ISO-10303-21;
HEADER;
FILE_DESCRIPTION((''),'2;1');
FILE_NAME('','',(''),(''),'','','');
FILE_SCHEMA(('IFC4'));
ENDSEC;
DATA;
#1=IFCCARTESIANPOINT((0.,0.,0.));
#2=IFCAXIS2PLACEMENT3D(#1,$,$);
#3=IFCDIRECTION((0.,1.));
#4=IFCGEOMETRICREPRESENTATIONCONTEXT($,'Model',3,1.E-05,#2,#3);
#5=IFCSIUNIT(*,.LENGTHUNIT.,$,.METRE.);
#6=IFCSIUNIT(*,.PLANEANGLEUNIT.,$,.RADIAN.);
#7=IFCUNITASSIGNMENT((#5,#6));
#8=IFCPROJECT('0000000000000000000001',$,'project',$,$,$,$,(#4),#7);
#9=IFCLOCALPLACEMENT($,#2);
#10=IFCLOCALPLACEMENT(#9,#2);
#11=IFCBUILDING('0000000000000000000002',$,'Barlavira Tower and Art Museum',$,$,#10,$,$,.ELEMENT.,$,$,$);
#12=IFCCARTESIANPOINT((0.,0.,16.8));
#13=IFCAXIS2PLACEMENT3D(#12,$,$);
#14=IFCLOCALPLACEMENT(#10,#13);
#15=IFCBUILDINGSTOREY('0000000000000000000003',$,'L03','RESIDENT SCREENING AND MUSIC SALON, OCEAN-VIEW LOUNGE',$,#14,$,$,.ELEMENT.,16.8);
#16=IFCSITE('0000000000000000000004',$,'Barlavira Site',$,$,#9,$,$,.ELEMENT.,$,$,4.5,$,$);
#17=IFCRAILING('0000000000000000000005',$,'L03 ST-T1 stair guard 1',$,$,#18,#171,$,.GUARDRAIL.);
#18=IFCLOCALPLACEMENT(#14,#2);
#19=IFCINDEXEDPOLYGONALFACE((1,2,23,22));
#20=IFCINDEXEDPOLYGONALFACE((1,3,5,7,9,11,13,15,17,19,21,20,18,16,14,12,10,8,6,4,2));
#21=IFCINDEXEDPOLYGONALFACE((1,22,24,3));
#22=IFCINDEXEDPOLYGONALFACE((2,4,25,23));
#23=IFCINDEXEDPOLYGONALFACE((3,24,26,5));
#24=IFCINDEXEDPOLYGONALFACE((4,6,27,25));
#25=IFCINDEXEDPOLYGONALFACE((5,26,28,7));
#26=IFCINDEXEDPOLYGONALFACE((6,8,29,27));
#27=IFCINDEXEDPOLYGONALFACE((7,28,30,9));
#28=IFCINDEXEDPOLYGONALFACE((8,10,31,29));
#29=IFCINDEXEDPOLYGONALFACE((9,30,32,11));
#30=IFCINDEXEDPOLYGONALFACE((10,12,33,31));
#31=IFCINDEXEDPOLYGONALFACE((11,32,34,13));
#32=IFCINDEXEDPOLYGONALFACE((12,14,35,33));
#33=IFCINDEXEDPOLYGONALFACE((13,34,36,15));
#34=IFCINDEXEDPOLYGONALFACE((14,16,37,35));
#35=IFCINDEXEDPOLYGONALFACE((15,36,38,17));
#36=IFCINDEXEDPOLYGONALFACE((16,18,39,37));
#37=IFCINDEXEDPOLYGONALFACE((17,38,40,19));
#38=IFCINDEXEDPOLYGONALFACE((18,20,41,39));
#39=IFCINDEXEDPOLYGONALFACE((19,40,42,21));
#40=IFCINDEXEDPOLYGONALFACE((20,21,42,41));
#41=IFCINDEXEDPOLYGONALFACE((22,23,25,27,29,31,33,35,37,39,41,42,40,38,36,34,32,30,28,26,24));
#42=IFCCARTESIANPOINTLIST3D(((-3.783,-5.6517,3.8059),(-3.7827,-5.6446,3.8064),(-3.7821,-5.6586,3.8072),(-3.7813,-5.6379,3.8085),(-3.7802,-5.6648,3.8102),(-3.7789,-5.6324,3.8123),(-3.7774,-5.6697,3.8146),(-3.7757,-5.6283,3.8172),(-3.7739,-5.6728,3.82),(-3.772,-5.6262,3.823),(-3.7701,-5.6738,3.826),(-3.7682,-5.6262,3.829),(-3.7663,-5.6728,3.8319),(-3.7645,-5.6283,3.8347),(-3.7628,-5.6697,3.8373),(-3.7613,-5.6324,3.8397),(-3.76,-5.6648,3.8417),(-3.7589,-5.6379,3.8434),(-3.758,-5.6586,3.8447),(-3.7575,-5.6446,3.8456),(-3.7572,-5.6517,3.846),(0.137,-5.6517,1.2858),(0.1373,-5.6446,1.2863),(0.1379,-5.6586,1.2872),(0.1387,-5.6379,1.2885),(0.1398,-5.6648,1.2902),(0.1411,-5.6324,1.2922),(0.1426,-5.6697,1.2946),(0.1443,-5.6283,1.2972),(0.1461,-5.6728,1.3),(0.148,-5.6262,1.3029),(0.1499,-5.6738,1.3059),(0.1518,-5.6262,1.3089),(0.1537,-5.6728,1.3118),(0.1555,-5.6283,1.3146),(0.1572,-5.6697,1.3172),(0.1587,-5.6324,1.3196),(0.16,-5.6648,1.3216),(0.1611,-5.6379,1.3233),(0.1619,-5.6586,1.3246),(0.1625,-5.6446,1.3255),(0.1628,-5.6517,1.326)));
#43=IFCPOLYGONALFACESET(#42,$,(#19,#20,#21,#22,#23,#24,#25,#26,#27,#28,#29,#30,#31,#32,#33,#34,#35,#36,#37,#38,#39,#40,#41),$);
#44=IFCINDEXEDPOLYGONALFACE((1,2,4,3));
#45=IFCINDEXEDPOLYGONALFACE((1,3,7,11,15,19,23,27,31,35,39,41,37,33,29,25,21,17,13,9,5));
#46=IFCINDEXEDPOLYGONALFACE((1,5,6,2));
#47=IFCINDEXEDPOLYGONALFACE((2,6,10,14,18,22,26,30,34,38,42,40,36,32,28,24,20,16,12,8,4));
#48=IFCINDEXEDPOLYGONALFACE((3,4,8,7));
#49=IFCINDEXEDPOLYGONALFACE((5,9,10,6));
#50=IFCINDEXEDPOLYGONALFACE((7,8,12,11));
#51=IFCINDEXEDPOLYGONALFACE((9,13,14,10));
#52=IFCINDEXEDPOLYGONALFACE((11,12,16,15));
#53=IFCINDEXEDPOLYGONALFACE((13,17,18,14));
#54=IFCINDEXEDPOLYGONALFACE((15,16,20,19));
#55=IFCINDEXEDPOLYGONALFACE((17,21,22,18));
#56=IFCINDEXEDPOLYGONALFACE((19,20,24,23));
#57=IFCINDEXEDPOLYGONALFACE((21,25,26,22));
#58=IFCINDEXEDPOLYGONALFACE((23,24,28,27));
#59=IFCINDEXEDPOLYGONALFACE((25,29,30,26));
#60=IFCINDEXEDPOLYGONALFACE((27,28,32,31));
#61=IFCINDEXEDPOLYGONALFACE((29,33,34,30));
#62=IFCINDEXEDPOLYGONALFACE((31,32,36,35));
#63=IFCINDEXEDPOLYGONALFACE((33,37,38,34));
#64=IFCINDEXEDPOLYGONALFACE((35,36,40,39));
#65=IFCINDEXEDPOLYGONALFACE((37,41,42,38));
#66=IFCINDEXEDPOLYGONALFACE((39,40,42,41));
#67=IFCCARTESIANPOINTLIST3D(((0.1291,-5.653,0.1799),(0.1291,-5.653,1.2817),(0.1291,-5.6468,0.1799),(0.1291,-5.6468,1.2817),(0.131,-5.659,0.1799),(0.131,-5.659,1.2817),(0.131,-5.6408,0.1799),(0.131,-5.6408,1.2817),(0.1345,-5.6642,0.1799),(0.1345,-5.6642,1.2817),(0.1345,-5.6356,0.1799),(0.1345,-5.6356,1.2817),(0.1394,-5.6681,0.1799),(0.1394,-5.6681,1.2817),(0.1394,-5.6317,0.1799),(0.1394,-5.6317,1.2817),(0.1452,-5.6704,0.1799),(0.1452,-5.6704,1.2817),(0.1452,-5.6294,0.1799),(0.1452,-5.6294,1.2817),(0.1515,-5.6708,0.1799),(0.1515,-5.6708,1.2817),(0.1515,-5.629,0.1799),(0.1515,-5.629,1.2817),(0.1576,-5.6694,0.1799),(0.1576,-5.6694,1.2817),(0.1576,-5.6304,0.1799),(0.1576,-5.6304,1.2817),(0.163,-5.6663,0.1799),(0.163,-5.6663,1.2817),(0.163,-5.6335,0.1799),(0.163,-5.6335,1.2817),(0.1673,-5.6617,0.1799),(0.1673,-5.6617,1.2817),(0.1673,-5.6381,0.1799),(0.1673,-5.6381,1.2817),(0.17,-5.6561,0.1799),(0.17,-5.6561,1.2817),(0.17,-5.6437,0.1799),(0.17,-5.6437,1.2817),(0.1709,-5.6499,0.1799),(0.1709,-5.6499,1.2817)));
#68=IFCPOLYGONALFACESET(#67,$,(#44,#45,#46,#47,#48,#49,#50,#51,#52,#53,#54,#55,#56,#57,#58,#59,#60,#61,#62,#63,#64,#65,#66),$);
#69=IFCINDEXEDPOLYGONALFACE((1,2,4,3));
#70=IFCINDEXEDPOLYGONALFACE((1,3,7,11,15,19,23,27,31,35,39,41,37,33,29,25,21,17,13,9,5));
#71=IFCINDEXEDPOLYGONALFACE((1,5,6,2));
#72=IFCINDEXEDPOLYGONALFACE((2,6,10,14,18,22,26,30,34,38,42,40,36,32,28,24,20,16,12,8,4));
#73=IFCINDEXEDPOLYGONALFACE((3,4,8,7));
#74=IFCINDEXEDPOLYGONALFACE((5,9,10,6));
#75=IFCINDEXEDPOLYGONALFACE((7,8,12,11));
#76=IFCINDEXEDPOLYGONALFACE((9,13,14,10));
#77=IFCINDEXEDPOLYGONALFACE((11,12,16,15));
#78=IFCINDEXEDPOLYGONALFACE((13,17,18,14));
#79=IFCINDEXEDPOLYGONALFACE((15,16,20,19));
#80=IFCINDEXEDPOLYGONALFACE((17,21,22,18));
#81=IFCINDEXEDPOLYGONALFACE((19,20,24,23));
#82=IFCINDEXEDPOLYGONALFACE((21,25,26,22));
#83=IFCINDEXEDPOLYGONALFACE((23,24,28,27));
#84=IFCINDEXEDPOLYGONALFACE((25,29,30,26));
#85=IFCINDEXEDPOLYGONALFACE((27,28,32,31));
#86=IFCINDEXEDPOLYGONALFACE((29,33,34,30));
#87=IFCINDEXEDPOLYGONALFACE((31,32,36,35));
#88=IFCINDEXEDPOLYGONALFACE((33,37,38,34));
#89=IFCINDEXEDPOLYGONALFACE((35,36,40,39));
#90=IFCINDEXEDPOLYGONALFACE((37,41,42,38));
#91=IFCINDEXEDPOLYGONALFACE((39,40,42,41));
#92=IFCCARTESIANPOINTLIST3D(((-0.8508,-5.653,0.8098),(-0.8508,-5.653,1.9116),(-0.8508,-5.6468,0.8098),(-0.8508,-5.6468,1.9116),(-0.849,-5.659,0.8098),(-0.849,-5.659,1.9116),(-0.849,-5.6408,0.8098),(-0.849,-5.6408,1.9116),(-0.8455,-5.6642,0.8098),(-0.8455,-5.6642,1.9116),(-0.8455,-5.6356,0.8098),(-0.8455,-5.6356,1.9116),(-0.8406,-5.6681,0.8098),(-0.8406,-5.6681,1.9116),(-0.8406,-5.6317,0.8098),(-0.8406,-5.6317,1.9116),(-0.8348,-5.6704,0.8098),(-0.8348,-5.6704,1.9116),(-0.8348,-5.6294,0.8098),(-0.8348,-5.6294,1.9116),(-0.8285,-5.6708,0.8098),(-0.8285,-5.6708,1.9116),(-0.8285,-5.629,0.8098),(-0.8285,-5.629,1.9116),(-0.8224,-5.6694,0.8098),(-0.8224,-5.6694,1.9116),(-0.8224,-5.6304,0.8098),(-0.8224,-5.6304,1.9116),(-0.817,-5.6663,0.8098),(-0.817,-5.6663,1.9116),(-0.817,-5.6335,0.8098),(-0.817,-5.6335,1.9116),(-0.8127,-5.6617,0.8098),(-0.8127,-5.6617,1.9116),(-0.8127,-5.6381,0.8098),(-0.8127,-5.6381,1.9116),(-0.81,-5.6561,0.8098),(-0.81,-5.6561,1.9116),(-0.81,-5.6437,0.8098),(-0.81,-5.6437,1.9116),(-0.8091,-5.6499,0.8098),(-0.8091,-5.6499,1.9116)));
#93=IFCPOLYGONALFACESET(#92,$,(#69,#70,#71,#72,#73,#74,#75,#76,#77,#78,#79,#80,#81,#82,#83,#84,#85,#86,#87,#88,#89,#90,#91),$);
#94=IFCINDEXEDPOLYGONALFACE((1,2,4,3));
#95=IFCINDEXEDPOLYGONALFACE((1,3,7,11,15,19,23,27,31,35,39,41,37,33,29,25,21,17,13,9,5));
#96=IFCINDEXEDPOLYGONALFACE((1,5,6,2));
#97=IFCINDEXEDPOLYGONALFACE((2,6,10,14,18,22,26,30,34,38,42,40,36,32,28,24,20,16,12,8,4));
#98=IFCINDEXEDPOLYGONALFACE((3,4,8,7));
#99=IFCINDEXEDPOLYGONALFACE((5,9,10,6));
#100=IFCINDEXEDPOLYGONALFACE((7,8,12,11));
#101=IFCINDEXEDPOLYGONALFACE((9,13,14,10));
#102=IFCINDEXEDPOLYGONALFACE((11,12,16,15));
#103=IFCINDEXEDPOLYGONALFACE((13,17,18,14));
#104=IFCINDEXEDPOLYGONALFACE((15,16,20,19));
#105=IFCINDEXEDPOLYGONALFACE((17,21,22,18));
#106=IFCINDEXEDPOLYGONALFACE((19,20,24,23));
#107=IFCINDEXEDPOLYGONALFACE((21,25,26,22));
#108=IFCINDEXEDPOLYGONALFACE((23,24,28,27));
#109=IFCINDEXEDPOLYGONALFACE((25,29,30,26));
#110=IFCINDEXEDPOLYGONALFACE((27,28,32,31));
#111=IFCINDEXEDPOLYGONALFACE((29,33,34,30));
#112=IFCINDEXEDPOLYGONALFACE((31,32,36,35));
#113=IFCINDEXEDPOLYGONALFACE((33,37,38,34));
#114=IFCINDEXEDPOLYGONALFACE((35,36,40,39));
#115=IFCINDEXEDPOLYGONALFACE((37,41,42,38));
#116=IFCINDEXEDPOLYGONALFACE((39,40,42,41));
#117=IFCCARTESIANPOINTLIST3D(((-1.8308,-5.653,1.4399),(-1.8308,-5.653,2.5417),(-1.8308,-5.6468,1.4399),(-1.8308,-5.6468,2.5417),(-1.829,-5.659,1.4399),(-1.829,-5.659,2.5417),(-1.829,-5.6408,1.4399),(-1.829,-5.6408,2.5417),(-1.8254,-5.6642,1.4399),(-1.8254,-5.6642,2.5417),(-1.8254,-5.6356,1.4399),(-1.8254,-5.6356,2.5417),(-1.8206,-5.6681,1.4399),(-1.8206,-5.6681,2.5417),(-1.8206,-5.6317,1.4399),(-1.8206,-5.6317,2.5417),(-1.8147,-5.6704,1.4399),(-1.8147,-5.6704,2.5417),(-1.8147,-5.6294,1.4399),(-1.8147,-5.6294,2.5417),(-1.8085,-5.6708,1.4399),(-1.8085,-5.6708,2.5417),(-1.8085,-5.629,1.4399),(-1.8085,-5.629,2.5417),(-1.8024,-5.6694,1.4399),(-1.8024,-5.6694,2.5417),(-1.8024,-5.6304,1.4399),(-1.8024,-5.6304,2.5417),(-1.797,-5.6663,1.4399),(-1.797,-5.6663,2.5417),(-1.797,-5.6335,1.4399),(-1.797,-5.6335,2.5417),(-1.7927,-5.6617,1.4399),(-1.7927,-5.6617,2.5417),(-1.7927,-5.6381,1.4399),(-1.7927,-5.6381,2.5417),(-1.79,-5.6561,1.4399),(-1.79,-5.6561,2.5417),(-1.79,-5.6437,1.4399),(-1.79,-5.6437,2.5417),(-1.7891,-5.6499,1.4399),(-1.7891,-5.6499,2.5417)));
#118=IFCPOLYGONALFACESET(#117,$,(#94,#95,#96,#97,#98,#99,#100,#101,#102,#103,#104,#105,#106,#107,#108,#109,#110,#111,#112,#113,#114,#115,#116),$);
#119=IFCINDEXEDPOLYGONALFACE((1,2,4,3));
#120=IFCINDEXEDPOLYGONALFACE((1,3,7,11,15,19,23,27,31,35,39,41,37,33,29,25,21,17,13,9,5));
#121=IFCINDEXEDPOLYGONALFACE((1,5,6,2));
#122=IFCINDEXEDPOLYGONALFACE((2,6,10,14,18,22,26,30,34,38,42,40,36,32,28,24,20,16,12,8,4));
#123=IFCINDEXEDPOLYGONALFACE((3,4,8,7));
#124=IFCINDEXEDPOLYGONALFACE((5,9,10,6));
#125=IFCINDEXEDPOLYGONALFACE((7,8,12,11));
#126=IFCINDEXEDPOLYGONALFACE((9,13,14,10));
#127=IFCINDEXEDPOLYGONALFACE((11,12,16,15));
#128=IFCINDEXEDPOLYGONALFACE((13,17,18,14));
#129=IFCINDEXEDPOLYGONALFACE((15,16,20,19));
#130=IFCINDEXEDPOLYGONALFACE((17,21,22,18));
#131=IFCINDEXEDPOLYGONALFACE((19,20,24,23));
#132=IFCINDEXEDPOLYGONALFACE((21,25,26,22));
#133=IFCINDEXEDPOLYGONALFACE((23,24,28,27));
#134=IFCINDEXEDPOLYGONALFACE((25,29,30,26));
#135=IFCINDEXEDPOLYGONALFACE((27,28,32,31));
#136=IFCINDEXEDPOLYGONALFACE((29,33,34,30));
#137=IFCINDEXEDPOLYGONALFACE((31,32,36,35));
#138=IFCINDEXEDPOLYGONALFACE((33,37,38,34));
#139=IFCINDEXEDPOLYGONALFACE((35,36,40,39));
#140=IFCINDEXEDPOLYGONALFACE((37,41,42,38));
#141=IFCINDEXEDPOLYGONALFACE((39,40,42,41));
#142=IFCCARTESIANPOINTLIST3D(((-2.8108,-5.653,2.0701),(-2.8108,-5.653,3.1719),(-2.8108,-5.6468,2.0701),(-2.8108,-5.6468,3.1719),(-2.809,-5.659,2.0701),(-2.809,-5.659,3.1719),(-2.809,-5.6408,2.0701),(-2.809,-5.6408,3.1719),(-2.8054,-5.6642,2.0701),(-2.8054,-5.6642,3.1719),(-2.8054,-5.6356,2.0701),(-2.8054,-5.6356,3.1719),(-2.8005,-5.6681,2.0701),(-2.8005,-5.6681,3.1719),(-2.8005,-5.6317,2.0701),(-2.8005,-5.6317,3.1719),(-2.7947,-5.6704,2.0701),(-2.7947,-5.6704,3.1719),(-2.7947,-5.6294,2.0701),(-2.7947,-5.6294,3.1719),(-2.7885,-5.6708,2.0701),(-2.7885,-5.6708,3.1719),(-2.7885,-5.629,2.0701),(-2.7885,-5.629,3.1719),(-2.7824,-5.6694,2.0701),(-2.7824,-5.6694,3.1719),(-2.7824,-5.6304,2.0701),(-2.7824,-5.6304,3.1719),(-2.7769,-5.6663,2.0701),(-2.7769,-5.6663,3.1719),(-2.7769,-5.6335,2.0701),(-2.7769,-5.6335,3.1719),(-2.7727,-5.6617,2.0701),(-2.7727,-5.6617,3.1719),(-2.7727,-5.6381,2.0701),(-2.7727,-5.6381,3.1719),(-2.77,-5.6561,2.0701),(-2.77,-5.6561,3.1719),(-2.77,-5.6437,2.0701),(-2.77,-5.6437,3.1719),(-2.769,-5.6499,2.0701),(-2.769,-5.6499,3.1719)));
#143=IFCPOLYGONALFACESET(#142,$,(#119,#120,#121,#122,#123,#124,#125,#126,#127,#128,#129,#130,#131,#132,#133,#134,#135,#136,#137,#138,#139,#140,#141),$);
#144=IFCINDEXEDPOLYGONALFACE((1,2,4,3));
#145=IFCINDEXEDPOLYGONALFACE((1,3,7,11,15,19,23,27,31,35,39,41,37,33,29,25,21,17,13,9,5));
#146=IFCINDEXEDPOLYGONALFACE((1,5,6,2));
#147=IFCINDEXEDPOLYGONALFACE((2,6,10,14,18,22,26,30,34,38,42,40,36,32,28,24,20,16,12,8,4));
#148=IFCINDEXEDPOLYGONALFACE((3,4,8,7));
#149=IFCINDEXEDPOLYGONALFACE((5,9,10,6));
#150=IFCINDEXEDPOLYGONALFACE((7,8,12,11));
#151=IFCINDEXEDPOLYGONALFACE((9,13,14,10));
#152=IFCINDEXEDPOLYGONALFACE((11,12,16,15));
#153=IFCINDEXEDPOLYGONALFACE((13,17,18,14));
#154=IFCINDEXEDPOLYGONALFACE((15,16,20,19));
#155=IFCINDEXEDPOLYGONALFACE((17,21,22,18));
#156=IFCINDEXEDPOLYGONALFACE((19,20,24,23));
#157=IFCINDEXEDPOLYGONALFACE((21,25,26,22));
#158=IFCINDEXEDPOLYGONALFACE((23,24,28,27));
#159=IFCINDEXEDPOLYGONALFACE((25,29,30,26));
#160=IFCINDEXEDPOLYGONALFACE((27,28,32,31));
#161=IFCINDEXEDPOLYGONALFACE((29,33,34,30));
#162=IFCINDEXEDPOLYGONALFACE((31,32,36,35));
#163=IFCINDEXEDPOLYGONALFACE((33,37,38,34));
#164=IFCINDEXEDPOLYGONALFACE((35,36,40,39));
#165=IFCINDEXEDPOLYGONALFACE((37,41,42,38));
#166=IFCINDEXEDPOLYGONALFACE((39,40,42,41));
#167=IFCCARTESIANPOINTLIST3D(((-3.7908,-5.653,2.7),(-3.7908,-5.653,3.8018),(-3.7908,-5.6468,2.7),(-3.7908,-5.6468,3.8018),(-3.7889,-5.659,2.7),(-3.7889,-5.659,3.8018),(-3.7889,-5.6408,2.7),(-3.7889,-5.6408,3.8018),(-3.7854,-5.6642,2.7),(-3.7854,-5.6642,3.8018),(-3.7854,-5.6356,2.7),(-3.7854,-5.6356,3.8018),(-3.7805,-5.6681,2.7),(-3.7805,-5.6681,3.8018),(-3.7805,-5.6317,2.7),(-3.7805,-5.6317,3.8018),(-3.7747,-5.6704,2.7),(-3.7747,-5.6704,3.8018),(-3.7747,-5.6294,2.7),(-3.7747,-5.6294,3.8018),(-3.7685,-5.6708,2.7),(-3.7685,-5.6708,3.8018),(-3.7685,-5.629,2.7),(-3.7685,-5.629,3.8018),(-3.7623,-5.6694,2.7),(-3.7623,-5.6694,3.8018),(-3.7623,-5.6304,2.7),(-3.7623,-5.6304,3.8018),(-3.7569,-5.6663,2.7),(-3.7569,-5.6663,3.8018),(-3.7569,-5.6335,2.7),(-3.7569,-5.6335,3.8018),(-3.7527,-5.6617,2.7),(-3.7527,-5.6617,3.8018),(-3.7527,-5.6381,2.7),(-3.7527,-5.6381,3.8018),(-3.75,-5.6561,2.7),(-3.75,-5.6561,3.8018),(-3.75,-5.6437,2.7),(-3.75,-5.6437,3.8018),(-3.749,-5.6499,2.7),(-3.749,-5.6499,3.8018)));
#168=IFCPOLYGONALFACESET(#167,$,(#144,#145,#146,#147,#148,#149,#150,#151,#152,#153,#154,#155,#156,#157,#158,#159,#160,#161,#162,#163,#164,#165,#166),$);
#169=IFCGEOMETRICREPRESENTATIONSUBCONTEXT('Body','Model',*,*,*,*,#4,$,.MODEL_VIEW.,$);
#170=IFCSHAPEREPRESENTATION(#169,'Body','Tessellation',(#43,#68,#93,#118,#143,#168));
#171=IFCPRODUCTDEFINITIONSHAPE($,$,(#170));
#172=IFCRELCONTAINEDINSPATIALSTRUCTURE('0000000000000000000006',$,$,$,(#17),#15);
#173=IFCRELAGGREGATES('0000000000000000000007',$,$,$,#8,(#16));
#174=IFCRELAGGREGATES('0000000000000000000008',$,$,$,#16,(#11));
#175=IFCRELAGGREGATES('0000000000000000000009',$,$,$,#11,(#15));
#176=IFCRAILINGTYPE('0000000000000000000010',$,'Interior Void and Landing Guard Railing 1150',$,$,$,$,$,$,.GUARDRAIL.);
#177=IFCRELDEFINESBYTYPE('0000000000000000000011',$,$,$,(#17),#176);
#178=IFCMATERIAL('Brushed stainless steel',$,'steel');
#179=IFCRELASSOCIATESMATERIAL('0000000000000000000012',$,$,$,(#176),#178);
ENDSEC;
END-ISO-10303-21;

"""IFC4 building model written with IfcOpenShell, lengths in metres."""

from ifc_helpers import new_model, si_unit, direction, frame, origin, origin_2d, place, context, subcontext, project, spatial, circle, extrude, material, type_object, element, save


model = new_model("IFC4")

# Units and contexts
model_context = context("Model", 3, precision=1e-05, world=origin(), true_north=direction((0.0, 1.0)))
body_context = subcontext(model_context, "Body", "Model", "MODEL_VIEW")
ifc_project = project(units=[si_unit("LENGTHUNIT", "METRE"), si_unit("PLANEANGLEUNIT", "RADIAN")], contexts=[model_context])

# Site, building, storey
site_placement = place(None, origin())
site = spatial("IfcSite", under=ifc_project, at=site_placement, Name="Barlavira Site", CompositionType="ELEMENT", RefElevation=4.5)
building_placement = place(site_placement, origin())
building = spatial("IfcBuilding", under=site, at=building_placement, Name="Barlavira Tower and Art Museum", CompositionType="ELEMENT")
storey_placement = place(building_placement, frame((0.0, 0.0, 16.8)))
storey = spatial("IfcBuildingStorey", under=building, at=storey_placement, Name="L03", Description="RESIDENT SCREENING AND MUSIC SALON, OCEAN-VIEW LOUNGE", CompositionType="ELEMENT", Elevation=16.8)

# Shared definitions
ifc_material_1 = material(Name="Brushed stainless steel", Category="steel")

# Railing
railing_type_1 = type_object("IfcRailingType", Name="Interior Void and Landing Guard Railing 1150", PredefinedType="GUARDRAIL", material=ifc_material_1)
railing_1_placement = place(storey_placement, frame((0.1499, -5.6499, 0.1799)))
element("IfcRailing", 1, at=railing_1_placement, inside=storey, type_object=railing_type_1, Name="L03 ST-T1 stair guard 1", PredefinedType="GUARDRAIL", context=body_context, shape_type="SweptSolid", body=[
    extrude(circle(Radius=0.0239, at=origin_2d()), frame((0.0, 0.0, 1.126), z_axis=(-0.841172, 0.0, 0.540768), x_axis=(0.0, -1.0, 0.0)), (0.0, 0.0, 1.0), 4.6602),
    extrude(circle(Radius=0.021, at=origin_2d()), origin(), (0.0, 0.0, 1.0), 1.1018),
    extrude(circle(Radius=0.021, at=origin_2d()), frame((-0.98, 0.0, 0.6299)), (0.0, 0.0, 1.0), 1.1018),
    extrude(circle(Radius=0.021, at=origin_2d()), frame((-1.96, 0.0, 1.26)), (0.0, 0.0, 1.0), 1.1018),
    extrude(circle(Radius=0.021, at=origin_2d()), frame((-2.9399, 0.0, 1.8901)), (0.0, 0.0, 1.0), 1.1018),
    extrude(circle(Radius=0.021, at=origin_2d()), frame((-3.9199, 0.0, 2.52)), (0.0, 0.0, 1.0), 1.1018),
])

save(model, "model.ifc")
